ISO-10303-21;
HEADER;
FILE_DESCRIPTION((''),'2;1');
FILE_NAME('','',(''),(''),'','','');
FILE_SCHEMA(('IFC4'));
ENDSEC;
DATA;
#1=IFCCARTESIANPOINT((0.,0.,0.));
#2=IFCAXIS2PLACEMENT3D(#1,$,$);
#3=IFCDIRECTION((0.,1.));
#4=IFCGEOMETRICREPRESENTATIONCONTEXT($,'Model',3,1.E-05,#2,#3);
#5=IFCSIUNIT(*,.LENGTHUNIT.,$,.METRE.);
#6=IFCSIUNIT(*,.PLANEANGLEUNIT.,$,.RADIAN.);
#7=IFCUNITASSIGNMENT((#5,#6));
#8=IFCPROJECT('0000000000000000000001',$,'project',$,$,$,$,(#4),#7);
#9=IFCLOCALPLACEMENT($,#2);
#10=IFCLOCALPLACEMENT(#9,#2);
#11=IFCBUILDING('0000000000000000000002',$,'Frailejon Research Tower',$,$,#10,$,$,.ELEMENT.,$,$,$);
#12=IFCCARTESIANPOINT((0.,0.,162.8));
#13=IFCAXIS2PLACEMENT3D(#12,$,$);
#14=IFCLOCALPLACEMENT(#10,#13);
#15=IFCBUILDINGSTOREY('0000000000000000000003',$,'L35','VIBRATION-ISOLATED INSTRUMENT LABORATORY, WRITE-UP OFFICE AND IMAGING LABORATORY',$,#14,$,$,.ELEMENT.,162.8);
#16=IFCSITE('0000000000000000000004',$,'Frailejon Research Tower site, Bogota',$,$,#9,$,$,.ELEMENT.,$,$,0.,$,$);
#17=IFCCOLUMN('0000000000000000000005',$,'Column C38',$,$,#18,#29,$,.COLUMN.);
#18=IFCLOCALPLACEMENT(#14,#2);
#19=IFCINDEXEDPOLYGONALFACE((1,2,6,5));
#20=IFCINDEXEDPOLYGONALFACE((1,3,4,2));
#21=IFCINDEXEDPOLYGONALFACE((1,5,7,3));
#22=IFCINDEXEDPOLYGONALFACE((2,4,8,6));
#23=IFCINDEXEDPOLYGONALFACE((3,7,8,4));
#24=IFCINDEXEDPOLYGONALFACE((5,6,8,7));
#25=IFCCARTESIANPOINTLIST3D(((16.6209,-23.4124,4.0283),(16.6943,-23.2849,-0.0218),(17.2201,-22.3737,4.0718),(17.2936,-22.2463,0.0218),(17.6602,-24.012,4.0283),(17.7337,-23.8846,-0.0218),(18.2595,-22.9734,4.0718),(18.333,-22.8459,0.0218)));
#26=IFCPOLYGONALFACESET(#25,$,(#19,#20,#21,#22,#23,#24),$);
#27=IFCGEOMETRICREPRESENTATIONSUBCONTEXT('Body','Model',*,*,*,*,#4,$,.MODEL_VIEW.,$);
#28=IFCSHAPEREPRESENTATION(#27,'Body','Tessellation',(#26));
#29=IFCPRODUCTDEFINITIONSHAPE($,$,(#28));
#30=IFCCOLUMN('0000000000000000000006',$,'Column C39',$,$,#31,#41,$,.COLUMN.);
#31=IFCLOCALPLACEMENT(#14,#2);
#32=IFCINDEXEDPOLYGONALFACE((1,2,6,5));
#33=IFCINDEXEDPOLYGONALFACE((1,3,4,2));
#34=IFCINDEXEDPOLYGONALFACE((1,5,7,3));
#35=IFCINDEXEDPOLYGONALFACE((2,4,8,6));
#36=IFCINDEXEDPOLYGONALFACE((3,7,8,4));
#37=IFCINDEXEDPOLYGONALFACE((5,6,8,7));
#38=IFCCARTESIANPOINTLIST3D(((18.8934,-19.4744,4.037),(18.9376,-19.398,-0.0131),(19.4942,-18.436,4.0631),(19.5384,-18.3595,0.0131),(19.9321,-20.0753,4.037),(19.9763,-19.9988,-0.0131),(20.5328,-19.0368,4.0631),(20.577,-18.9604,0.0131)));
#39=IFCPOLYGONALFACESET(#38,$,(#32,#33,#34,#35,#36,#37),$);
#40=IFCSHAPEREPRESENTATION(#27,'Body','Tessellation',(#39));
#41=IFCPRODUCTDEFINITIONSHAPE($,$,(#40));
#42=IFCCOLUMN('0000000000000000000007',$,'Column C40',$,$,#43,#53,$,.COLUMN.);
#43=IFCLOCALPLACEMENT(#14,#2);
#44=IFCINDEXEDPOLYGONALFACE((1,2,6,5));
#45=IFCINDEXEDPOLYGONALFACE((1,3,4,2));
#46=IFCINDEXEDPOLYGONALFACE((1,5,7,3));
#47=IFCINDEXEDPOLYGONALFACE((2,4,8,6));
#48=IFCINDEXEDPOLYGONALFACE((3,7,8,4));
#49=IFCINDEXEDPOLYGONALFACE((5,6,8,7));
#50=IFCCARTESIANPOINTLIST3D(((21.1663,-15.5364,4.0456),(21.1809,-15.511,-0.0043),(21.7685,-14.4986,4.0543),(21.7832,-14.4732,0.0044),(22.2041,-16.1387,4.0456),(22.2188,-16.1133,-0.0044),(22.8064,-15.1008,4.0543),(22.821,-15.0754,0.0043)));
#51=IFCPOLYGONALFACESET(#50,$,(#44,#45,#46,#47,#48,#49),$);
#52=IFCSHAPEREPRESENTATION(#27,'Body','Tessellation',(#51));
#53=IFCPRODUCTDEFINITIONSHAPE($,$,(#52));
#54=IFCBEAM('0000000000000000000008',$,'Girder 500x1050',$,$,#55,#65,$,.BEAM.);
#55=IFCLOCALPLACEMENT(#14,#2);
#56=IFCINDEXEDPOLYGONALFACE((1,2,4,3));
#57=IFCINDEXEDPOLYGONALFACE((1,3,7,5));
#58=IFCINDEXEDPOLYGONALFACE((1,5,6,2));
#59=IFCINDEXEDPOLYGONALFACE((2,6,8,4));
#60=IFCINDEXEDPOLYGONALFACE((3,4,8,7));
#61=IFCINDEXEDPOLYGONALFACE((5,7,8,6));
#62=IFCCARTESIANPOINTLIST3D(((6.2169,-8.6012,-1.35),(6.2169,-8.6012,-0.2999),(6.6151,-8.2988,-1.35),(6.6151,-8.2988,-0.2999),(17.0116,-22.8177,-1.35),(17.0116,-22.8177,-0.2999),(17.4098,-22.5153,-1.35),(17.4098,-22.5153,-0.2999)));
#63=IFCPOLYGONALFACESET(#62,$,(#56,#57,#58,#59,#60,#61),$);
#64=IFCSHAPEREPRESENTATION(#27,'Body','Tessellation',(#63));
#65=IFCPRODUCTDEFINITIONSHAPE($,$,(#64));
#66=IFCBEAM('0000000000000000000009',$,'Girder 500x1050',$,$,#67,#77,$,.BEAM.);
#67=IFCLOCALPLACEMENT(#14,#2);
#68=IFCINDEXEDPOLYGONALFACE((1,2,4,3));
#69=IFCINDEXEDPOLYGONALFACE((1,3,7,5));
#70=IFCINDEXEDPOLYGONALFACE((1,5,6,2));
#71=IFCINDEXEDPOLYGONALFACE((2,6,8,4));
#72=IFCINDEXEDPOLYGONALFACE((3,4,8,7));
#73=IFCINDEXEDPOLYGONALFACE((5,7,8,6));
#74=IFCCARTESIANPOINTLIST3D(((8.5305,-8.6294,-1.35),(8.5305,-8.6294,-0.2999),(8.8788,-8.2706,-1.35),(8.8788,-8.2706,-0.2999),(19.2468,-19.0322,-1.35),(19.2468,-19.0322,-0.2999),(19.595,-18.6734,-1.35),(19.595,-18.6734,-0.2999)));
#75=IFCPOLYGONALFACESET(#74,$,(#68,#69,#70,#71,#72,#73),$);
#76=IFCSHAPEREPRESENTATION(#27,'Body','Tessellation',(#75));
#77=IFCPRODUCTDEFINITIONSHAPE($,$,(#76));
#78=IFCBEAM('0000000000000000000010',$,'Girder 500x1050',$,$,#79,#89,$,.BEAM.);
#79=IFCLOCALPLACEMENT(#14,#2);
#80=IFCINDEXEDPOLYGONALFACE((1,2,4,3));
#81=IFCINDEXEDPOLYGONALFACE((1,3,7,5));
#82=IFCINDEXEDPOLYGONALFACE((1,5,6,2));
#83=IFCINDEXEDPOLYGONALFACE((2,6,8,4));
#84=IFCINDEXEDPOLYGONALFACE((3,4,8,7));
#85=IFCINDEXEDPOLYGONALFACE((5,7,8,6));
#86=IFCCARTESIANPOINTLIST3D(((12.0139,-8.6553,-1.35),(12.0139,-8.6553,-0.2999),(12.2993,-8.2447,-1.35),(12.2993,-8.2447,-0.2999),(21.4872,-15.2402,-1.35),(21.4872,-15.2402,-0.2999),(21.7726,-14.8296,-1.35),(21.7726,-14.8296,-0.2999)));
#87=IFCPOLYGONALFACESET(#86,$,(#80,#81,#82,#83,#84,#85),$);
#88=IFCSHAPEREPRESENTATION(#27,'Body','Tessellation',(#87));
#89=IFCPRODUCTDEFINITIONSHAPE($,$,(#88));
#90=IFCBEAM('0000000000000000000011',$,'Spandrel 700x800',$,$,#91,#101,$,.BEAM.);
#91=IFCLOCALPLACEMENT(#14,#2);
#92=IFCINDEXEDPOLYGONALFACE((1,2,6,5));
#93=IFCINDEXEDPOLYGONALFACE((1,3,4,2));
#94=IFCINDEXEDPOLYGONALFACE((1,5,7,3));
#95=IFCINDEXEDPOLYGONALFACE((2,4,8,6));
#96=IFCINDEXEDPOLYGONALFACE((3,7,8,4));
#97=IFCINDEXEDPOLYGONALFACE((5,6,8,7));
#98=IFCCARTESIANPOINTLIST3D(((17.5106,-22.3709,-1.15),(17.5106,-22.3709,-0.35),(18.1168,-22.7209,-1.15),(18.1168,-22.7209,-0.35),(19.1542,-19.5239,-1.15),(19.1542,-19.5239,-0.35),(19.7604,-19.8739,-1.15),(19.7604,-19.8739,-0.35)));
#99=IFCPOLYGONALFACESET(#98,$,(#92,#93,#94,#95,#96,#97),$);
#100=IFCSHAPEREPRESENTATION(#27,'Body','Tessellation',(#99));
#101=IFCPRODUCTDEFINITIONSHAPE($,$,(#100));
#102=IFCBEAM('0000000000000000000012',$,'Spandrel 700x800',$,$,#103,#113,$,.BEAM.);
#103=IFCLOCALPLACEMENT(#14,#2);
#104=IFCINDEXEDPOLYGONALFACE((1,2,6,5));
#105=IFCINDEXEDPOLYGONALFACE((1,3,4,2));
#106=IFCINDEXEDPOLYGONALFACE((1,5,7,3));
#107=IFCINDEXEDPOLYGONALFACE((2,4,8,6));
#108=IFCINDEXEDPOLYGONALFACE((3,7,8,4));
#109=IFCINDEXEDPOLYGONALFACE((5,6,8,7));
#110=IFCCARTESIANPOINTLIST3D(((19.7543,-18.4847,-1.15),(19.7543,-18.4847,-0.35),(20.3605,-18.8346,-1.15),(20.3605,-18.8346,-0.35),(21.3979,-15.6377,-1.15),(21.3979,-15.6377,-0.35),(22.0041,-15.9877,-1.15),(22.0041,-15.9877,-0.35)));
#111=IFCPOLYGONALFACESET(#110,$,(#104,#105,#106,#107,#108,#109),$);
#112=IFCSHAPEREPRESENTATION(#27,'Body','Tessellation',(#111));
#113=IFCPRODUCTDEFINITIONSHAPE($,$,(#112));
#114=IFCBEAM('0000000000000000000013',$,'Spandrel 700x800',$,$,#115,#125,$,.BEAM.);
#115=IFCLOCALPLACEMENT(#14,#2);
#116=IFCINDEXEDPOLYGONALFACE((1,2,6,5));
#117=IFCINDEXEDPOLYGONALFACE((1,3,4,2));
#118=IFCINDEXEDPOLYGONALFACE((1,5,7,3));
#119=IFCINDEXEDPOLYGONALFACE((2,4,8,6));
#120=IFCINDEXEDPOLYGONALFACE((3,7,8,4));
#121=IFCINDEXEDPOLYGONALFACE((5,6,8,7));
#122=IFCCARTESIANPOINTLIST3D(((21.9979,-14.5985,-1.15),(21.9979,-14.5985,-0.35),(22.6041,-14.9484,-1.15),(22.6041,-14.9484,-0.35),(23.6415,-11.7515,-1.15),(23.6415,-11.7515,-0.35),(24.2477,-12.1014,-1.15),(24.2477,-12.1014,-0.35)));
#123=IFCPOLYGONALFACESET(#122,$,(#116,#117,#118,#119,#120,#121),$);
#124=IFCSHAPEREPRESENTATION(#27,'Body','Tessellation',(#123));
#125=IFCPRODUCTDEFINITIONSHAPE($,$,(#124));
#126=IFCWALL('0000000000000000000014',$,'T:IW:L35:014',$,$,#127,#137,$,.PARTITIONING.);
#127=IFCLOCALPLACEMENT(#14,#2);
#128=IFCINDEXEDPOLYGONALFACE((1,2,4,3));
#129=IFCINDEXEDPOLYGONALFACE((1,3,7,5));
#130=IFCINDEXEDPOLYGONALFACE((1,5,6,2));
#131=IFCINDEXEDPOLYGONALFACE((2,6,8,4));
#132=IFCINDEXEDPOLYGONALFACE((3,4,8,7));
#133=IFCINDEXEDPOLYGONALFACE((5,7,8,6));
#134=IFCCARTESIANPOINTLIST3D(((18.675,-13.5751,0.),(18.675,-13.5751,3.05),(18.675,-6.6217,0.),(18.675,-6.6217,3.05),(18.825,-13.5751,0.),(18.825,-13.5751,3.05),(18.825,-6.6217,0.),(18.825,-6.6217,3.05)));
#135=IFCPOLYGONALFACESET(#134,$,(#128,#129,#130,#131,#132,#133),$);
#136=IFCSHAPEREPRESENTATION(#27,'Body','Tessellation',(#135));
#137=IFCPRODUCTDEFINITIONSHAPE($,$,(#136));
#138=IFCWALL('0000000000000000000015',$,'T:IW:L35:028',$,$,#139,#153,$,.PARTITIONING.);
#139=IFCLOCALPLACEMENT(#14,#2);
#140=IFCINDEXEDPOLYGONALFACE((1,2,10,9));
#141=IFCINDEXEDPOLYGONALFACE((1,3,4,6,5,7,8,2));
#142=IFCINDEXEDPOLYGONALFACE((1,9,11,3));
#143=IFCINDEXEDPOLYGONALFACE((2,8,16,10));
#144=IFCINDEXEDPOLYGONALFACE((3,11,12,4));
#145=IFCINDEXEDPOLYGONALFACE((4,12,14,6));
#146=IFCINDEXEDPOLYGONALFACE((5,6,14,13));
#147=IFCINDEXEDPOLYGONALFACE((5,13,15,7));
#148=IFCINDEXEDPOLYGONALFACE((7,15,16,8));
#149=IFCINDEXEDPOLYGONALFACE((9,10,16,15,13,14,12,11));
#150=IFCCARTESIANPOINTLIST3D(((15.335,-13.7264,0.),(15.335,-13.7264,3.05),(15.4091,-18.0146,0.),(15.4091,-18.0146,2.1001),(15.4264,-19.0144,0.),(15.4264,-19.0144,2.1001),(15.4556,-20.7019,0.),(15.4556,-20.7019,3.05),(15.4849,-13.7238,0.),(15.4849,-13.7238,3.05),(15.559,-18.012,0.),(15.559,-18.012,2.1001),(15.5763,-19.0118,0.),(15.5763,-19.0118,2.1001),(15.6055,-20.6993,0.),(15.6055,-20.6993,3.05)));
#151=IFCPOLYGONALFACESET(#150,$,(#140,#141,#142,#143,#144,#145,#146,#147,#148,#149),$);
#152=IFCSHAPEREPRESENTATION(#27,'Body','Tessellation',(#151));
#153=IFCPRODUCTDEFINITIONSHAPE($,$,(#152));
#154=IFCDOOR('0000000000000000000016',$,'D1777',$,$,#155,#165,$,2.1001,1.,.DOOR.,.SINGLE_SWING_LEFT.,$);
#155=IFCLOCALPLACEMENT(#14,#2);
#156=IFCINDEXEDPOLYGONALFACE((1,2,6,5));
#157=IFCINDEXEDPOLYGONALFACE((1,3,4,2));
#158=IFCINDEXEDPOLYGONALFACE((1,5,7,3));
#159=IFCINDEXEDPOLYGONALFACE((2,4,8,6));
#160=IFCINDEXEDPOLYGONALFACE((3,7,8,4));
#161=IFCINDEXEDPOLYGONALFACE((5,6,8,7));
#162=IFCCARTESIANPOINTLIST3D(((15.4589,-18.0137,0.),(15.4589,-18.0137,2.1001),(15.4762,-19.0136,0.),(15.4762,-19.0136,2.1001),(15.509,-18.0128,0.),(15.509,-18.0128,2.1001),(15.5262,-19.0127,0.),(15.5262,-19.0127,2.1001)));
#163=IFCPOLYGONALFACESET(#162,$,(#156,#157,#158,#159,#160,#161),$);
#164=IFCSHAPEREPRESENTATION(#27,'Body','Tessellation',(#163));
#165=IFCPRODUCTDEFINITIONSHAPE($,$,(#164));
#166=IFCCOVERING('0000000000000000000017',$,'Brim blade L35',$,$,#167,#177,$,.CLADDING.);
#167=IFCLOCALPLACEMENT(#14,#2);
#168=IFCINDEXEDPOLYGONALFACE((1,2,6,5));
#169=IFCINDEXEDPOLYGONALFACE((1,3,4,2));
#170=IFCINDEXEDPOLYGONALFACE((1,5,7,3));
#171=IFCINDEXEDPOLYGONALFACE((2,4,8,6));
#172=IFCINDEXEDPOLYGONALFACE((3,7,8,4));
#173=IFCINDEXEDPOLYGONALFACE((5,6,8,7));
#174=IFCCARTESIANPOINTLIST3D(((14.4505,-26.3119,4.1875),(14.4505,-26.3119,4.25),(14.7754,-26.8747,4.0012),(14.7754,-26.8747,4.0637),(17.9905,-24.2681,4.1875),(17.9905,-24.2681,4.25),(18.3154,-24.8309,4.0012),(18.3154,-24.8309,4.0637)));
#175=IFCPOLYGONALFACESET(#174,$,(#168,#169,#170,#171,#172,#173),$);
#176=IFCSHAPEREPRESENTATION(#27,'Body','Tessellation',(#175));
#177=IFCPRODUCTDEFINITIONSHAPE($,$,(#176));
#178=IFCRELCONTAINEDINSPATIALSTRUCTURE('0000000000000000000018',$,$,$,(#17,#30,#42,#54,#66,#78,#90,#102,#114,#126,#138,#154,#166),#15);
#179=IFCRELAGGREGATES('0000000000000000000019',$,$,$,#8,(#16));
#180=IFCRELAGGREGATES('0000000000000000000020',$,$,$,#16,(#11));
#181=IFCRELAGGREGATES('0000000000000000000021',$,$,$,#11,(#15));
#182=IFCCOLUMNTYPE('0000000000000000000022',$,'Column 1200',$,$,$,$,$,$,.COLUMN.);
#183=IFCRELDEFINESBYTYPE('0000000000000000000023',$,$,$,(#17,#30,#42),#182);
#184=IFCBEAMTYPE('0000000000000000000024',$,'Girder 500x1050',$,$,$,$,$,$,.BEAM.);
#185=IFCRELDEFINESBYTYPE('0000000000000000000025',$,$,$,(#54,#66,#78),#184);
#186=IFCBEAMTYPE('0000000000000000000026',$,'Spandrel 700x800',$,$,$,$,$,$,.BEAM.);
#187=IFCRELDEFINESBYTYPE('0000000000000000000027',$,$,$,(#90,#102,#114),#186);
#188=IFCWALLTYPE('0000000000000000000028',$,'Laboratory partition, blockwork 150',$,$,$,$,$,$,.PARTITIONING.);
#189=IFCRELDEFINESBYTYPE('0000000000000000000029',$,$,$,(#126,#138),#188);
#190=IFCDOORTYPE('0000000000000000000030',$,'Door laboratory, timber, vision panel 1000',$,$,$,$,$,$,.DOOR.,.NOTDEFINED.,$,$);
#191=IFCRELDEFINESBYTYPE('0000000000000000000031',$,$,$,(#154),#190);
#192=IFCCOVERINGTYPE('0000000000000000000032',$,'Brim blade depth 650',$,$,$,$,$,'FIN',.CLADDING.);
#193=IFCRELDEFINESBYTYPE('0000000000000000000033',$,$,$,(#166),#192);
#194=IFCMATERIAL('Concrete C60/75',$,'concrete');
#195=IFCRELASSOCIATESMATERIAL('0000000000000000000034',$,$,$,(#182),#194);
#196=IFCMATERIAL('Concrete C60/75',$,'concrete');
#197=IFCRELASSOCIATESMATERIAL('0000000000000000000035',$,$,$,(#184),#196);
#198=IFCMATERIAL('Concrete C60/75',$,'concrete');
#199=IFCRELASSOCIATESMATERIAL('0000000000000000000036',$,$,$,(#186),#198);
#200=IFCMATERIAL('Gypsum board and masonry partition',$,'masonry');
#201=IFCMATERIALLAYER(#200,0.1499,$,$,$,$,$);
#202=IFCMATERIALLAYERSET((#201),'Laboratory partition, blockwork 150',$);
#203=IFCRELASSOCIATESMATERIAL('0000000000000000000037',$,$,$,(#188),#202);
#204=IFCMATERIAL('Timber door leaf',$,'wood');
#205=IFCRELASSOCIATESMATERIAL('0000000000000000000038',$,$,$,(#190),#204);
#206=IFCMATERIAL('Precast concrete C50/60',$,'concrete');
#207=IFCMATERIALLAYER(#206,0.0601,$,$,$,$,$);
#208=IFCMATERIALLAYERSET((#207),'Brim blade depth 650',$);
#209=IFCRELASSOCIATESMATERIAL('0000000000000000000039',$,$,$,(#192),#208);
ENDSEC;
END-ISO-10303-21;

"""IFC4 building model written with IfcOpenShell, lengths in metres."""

from ifc_helpers import new_model, si_unit, direction, frame, frame_2d, origin, origin_2d, place, context, subcontext, project, spatial, polyline, rectangle, outline, extrude, material, layer, layer_set, material_profile, profile_set, type_object, element, fill, save


model = new_model("IFC4")

# Units and contexts
model_context = context("Model", 3, precision=1e-05, world=origin(), true_north=direction((0.0, 1.0)))
body_context = subcontext(model_context, "Body", "Model", "MODEL_VIEW")
ifc_project = project(units=[si_unit("LENGTHUNIT", "METRE"), si_unit("PLANEANGLEUNIT", "RADIAN")], contexts=[model_context])

# Site, building, storey
site_placement = place(None, origin())
site = spatial("IfcSite", under=ifc_project, at=site_placement, Name="Frailejon Research Tower site, Bogota", CompositionType="ELEMENT", RefElevation=0.0)
building_placement = place(site_placement, origin())
building = spatial("IfcBuilding", under=site, at=building_placement, Name="Frailejon Research Tower", CompositionType="ELEMENT")
storey_placement = place(building_placement, frame((0.0, 0.0, 162.8)))
storey = spatial("IfcBuildingStorey", under=building, at=storey_placement, Name="L35", Description="VIBRATION-ISOLATED INSTRUMENT LABORATORY, WRITE-UP OFFICE AND IMAGING LABORATORY", CompositionType="ELEMENT", Elevation=162.8)

# Columns
ifc_material_1 = material(Name="Concrete C60/75", Category="concrete")
ifc_material_profile_1 = material_profile(ifc_material_1, rectangle(XDim=1.2, YDim=1.2, at=origin_2d()), Name="Column 1200")
ifc_profile_set_1 = profile_set([ifc_material_profile_1], Name="Concrete C60/75")
column_type = type_object("IfcColumnType", Name="Column 1200", PredefinedType="COLUMN", material=ifc_profile_set_1)
column_1_placement = place(storey_placement, frame((17.5137, -23.0654, 0.0), z_axis=(-0.018133, -0.031446, 0.999341), x_axis=(0.499425, 0.865596, 0.036299)))
element("IfcColumn", 1, at=column_1_placement, inside=storey, type_object=column_type, Name="Column C38", PredefinedType="COLUMN", context=body_context, shape_type="SweptSolid", body=[
    extrude(rectangle(XDim=1.2, YDim=1.2, at=origin_2d()), origin(), (0.0, 0.0, 1.0), 4.0527),
])
column_2_placement = place(storey_placement, frame((19.7573, -19.1792, 0.0), z_axis=(-0.010908, -0.018863, 0.999763), x_axis=(0.500638, 0.865382, 0.02179)))
element("IfcColumn", 2, at=column_2_placement, inside=storey, type_object=column_type, Name="Column C39", PredefinedType="COLUMN", context=body_context, shape_type="SweptSolid", body=[
    extrude(rectangle(XDim=1.2, YDim=1.2, at=origin_2d()), origin(), (0.0, 0.0, 1.0), 4.051),
])
column_3_placement = place(storey_placement, frame((22.001, -15.2932, 0.0), z_axis=(-0.003617, -0.006269, 0.999974), x_axis=(0.501883, 0.864905, 0.007238)))
element("IfcColumn", 3, at=column_3_placement, inside=storey, type_object=column_type, Name="Column C40", PredefinedType="COLUMN", context=body_context, shape_type="SweptSolid", body=[
    extrude(rectangle(XDim=1.2, YDim=1.2, at=origin_2d()), origin(), (0.0, 0.0, 1.0), 4.05),
])

# Beams
ifc_material_2 = material(Name="Concrete C60/75", Category="concrete")
ifc_material_profile_2 = material_profile(ifc_material_2, rectangle(XDim=0.5, YDim=1.05, at=origin_2d()), Name="Girder 500x1050")
ifc_profile_set_2 = profile_set([ifc_material_profile_2], Name="Concrete C60/75")
beam_type_1 = type_object("IfcBeamType", Name="Girder 500x1050", PredefinedType="BEAM", material=ifc_profile_set_2)
beam_1_placement = place(storey_placement, frame((17.2107, -22.6665, -0.825), z_axis=(-0.604732, 0.796429, 0.0), x_axis=(-0.796429, -0.604732, 0.0)))
element("IfcBeam", 4, at=beam_1_placement, inside=storey, type_object=beam_type_1, Name="Girder 500x1050", PredefinedType="BEAM", context=body_context, shape_type="SweptSolid", body=[
    extrude(rectangle(XDim=0.5, YDim=1.05, at=origin_2d()), origin(), (0.0, 0.0, 1.0), 17.8503),
])
beam_2_placement = place(storey_placement, frame((19.4209, -18.8528, -0.825), z_axis=(-0.717524, 0.696534, 0.0), x_axis=(-0.696534, -0.717524, 0.0)))
element("IfcBeam", 5, at=beam_2_placement, inside=storey, type_object=beam_type_1, Name="Girder 500x1050", PredefinedType="BEAM", context=body_context, shape_type="SweptSolid", body=[
    extrude(rectangle(XDim=0.5, YDim=1.05, at=origin_2d()), origin(), (0.0, 0.0, 1.0), 14.9351),
])
beam_3_placement = place(storey_placement, frame((21.6299, -15.0349, -0.825), z_axis=(-0.821117, 0.570759, 0.0), x_axis=(-0.570759, -0.821117, 0.0)))
element("IfcBeam", 6, at=beam_3_placement, inside=storey, type_object=beam_type_1, Name="Girder 500x1050", PredefinedType="BEAM", context=body_context, shape_type="SweptSolid", body=[
    extrude(rectangle(XDim=0.5, YDim=1.05, at=origin_2d()), origin(), (0.0, 0.0, 1.0), 11.5371),
])
ifc_material_3 = material(Name="Concrete C60/75", Category="concrete")
ifc_material_profile_3 = material_profile(ifc_material_3, rectangle(XDim=0.7, YDim=0.8, at=origin_2d()), Name="Spandrel 700x800")
ifc_profile_set_3 = profile_set([ifc_material_profile_3], Name="Concrete C60/75")
beam_type_2 = type_object("IfcBeamType", Name="Spandrel 700x800", PredefinedType="BEAM", material=ifc_profile_set_3)
for number, where, z_axis, x_axis, name in (
    (7, (17.8137, -22.5459, -0.75), (0.499973, 0.866041, 0.0), (-0.866041, 0.499973, 0.0), "Spandrel 700x800"),
    (8, (20.0574, -18.6597, -0.75), (0.499973, 0.866041, 0.0), (-0.866041, 0.499973, 0.0), "Spandrel 700x800"),
    (9, (22.301, -14.7734, -0.75), (0.499973, 0.866041, 0.0), (-0.866041, 0.499973, 0.0), "Spandrel 700x800"),
):
    element("IfcBeam", number, at=place(storey_placement, frame(where, z_axis=z_axis, x_axis=x_axis)), inside=storey, type_object=beam_type_2, Name=name, PredefinedType="BEAM", context=body_context, shape_type="SweptSolid", body=[
        extrude(rectangle(XDim=0.7, YDim=0.8, at=origin_2d()), origin(), (0.0, 0.0, 1.0), 3.2874),
    ])

# Wall
ifc_material_4 = material(Name="Gypsum board and masonry partition", Category="masonry")
ifc_layer_1 = layer(ifc_material_4, 0.1499)
ifc_layer_set_1 = layer_set([ifc_layer_1], Name="Laboratory partition, blockwork 150")
wall_type_1 = type_object("IfcWallType", Name="Laboratory partition, blockwork 150", PredefinedType="PARTITIONING", material=ifc_layer_set_1)
wall_1_placement = place(storey_placement, frame((18.75, -13.575, 0.0), z_axis=(0.0, 0.0, 1.0), x_axis=(0.0, 1.0, 0.0)))
element("IfcWall", 10, at=wall_1_placement, inside=storey, type_object=wall_type_1, Name="T:IW:L35:014", PredefinedType="PARTITIONING", context=body_context, shape_type="SweptSolid", body=[
    extrude(rectangle(XDim=6.9534, YDim=0.1499, at=frame_2d((3.4766, 0.0))), origin(), (0.0, 0.0, 1.0), 3.05),
])

# Wall, opening, door
wall_2_placement = place(storey_placement, frame((15.4099, -13.7251, 0.0), z_axis=(0.0, 0.0, 1.0), x_axis=(0.017287, -0.999851, 0.0)))
wall_2 = element("IfcWall", 11, at=wall_2_placement, inside=storey, type_object=wall_type_1, Name="T:IW:L35:028", PredefinedType="PARTITIONING", context=body_context, shape_type="SweptSolid", body=[
    extrude(rectangle(XDim=6.9766, YDim=0.1499, at=frame_2d((3.4883, 0.0))), origin(), (0.0, 0.0, 1.0), 3.05),
])
opening_1_placement = place(wall_2_placement, frame((4.2888, 0.0, 0.0)))
opening_1 = element("IfcOpeningElement", 12, at=opening_1_placement, cuts=wall_2, PredefinedType="OPENING", context=body_context, shape_type="SweptSolid", body=[
    extrude(rectangle(XDim=1.0, YDim=2.1001, at=frame_2d((0.5, 1.05))), frame((0.0, 0.085, 0.0), z_axis=(0.0, -1.0, 0.0), x_axis=(1.0, 0.0, 0.0)), (0.0, 0.0, 1.0), 0.1699),
])
ifc_material_5 = material(Name="Timber door leaf", Category="wood")
door_type_1 = type_object("IfcDoorType", Name="Door laboratory, timber, vision panel 1000", OperationType="NOTDEFINED", PredefinedType="DOOR", material=ifc_material_5)
door_1_placement = place(opening_1_placement, origin())
door_1 = element("IfcDoor", 13, at=door_1_placement, inside=storey, type_object=door_type_1, Name="D1777", OperationType="SINGLE_SWING_LEFT", OverallHeight=2.1001, OverallWidth=1.0, PredefinedType="DOOR", context=body_context, shape_type="SweptSolid", body=[
    extrude(rectangle(XDim=1.0, YDim=2.1001, at=frame_2d((0.5, 1.05))), frame((0.0, 0.0249, 0.0), z_axis=(0.0, -1.0, 0.0), x_axis=(1.0, 0.0, 0.0)), (0.0, 0.0, 1.0), 0.05),
])
fill(opening_1, door_1)

# Covering
ifc_material_6 = material(Name="Precast concrete C50/60", Category="concrete")
ifc_layer_2 = layer(ifc_material_6, 0.0601)
ifc_layer_set_2 = layer_set([ifc_layer_2], Name="Brim blade depth 650")
covering_type_1 = type_object("IfcCoveringType", Name="Brim blade depth 650", ElementType="FIN", PredefinedType="CLADDING", material=ifc_layer_set_2)
covering_1_placement = place(storey_placement, frame((17.9905, -24.2681, 4.25), z_axis=(-0.866027, -0.499997, 0.0), x_axis=(0.499997, -0.866027, 0.0)))
element("IfcCovering", 14, at=covering_1_placement, inside=storey, type_object=covering_type_1, Name="Brim blade L35", PredefinedType="CLADDING", context=body_context, shape_type="SweptSolid", body=[
    extrude(outline(polyline([(0.0, -0.0625), (0.6499, -0.2488), (0.6499, -0.1863), (0.0, 0.0), (0.0, -0.0625)])), origin(), (0.0, 0.0, 1.0), 4.0876),
])

save(model, "model.ifc")
